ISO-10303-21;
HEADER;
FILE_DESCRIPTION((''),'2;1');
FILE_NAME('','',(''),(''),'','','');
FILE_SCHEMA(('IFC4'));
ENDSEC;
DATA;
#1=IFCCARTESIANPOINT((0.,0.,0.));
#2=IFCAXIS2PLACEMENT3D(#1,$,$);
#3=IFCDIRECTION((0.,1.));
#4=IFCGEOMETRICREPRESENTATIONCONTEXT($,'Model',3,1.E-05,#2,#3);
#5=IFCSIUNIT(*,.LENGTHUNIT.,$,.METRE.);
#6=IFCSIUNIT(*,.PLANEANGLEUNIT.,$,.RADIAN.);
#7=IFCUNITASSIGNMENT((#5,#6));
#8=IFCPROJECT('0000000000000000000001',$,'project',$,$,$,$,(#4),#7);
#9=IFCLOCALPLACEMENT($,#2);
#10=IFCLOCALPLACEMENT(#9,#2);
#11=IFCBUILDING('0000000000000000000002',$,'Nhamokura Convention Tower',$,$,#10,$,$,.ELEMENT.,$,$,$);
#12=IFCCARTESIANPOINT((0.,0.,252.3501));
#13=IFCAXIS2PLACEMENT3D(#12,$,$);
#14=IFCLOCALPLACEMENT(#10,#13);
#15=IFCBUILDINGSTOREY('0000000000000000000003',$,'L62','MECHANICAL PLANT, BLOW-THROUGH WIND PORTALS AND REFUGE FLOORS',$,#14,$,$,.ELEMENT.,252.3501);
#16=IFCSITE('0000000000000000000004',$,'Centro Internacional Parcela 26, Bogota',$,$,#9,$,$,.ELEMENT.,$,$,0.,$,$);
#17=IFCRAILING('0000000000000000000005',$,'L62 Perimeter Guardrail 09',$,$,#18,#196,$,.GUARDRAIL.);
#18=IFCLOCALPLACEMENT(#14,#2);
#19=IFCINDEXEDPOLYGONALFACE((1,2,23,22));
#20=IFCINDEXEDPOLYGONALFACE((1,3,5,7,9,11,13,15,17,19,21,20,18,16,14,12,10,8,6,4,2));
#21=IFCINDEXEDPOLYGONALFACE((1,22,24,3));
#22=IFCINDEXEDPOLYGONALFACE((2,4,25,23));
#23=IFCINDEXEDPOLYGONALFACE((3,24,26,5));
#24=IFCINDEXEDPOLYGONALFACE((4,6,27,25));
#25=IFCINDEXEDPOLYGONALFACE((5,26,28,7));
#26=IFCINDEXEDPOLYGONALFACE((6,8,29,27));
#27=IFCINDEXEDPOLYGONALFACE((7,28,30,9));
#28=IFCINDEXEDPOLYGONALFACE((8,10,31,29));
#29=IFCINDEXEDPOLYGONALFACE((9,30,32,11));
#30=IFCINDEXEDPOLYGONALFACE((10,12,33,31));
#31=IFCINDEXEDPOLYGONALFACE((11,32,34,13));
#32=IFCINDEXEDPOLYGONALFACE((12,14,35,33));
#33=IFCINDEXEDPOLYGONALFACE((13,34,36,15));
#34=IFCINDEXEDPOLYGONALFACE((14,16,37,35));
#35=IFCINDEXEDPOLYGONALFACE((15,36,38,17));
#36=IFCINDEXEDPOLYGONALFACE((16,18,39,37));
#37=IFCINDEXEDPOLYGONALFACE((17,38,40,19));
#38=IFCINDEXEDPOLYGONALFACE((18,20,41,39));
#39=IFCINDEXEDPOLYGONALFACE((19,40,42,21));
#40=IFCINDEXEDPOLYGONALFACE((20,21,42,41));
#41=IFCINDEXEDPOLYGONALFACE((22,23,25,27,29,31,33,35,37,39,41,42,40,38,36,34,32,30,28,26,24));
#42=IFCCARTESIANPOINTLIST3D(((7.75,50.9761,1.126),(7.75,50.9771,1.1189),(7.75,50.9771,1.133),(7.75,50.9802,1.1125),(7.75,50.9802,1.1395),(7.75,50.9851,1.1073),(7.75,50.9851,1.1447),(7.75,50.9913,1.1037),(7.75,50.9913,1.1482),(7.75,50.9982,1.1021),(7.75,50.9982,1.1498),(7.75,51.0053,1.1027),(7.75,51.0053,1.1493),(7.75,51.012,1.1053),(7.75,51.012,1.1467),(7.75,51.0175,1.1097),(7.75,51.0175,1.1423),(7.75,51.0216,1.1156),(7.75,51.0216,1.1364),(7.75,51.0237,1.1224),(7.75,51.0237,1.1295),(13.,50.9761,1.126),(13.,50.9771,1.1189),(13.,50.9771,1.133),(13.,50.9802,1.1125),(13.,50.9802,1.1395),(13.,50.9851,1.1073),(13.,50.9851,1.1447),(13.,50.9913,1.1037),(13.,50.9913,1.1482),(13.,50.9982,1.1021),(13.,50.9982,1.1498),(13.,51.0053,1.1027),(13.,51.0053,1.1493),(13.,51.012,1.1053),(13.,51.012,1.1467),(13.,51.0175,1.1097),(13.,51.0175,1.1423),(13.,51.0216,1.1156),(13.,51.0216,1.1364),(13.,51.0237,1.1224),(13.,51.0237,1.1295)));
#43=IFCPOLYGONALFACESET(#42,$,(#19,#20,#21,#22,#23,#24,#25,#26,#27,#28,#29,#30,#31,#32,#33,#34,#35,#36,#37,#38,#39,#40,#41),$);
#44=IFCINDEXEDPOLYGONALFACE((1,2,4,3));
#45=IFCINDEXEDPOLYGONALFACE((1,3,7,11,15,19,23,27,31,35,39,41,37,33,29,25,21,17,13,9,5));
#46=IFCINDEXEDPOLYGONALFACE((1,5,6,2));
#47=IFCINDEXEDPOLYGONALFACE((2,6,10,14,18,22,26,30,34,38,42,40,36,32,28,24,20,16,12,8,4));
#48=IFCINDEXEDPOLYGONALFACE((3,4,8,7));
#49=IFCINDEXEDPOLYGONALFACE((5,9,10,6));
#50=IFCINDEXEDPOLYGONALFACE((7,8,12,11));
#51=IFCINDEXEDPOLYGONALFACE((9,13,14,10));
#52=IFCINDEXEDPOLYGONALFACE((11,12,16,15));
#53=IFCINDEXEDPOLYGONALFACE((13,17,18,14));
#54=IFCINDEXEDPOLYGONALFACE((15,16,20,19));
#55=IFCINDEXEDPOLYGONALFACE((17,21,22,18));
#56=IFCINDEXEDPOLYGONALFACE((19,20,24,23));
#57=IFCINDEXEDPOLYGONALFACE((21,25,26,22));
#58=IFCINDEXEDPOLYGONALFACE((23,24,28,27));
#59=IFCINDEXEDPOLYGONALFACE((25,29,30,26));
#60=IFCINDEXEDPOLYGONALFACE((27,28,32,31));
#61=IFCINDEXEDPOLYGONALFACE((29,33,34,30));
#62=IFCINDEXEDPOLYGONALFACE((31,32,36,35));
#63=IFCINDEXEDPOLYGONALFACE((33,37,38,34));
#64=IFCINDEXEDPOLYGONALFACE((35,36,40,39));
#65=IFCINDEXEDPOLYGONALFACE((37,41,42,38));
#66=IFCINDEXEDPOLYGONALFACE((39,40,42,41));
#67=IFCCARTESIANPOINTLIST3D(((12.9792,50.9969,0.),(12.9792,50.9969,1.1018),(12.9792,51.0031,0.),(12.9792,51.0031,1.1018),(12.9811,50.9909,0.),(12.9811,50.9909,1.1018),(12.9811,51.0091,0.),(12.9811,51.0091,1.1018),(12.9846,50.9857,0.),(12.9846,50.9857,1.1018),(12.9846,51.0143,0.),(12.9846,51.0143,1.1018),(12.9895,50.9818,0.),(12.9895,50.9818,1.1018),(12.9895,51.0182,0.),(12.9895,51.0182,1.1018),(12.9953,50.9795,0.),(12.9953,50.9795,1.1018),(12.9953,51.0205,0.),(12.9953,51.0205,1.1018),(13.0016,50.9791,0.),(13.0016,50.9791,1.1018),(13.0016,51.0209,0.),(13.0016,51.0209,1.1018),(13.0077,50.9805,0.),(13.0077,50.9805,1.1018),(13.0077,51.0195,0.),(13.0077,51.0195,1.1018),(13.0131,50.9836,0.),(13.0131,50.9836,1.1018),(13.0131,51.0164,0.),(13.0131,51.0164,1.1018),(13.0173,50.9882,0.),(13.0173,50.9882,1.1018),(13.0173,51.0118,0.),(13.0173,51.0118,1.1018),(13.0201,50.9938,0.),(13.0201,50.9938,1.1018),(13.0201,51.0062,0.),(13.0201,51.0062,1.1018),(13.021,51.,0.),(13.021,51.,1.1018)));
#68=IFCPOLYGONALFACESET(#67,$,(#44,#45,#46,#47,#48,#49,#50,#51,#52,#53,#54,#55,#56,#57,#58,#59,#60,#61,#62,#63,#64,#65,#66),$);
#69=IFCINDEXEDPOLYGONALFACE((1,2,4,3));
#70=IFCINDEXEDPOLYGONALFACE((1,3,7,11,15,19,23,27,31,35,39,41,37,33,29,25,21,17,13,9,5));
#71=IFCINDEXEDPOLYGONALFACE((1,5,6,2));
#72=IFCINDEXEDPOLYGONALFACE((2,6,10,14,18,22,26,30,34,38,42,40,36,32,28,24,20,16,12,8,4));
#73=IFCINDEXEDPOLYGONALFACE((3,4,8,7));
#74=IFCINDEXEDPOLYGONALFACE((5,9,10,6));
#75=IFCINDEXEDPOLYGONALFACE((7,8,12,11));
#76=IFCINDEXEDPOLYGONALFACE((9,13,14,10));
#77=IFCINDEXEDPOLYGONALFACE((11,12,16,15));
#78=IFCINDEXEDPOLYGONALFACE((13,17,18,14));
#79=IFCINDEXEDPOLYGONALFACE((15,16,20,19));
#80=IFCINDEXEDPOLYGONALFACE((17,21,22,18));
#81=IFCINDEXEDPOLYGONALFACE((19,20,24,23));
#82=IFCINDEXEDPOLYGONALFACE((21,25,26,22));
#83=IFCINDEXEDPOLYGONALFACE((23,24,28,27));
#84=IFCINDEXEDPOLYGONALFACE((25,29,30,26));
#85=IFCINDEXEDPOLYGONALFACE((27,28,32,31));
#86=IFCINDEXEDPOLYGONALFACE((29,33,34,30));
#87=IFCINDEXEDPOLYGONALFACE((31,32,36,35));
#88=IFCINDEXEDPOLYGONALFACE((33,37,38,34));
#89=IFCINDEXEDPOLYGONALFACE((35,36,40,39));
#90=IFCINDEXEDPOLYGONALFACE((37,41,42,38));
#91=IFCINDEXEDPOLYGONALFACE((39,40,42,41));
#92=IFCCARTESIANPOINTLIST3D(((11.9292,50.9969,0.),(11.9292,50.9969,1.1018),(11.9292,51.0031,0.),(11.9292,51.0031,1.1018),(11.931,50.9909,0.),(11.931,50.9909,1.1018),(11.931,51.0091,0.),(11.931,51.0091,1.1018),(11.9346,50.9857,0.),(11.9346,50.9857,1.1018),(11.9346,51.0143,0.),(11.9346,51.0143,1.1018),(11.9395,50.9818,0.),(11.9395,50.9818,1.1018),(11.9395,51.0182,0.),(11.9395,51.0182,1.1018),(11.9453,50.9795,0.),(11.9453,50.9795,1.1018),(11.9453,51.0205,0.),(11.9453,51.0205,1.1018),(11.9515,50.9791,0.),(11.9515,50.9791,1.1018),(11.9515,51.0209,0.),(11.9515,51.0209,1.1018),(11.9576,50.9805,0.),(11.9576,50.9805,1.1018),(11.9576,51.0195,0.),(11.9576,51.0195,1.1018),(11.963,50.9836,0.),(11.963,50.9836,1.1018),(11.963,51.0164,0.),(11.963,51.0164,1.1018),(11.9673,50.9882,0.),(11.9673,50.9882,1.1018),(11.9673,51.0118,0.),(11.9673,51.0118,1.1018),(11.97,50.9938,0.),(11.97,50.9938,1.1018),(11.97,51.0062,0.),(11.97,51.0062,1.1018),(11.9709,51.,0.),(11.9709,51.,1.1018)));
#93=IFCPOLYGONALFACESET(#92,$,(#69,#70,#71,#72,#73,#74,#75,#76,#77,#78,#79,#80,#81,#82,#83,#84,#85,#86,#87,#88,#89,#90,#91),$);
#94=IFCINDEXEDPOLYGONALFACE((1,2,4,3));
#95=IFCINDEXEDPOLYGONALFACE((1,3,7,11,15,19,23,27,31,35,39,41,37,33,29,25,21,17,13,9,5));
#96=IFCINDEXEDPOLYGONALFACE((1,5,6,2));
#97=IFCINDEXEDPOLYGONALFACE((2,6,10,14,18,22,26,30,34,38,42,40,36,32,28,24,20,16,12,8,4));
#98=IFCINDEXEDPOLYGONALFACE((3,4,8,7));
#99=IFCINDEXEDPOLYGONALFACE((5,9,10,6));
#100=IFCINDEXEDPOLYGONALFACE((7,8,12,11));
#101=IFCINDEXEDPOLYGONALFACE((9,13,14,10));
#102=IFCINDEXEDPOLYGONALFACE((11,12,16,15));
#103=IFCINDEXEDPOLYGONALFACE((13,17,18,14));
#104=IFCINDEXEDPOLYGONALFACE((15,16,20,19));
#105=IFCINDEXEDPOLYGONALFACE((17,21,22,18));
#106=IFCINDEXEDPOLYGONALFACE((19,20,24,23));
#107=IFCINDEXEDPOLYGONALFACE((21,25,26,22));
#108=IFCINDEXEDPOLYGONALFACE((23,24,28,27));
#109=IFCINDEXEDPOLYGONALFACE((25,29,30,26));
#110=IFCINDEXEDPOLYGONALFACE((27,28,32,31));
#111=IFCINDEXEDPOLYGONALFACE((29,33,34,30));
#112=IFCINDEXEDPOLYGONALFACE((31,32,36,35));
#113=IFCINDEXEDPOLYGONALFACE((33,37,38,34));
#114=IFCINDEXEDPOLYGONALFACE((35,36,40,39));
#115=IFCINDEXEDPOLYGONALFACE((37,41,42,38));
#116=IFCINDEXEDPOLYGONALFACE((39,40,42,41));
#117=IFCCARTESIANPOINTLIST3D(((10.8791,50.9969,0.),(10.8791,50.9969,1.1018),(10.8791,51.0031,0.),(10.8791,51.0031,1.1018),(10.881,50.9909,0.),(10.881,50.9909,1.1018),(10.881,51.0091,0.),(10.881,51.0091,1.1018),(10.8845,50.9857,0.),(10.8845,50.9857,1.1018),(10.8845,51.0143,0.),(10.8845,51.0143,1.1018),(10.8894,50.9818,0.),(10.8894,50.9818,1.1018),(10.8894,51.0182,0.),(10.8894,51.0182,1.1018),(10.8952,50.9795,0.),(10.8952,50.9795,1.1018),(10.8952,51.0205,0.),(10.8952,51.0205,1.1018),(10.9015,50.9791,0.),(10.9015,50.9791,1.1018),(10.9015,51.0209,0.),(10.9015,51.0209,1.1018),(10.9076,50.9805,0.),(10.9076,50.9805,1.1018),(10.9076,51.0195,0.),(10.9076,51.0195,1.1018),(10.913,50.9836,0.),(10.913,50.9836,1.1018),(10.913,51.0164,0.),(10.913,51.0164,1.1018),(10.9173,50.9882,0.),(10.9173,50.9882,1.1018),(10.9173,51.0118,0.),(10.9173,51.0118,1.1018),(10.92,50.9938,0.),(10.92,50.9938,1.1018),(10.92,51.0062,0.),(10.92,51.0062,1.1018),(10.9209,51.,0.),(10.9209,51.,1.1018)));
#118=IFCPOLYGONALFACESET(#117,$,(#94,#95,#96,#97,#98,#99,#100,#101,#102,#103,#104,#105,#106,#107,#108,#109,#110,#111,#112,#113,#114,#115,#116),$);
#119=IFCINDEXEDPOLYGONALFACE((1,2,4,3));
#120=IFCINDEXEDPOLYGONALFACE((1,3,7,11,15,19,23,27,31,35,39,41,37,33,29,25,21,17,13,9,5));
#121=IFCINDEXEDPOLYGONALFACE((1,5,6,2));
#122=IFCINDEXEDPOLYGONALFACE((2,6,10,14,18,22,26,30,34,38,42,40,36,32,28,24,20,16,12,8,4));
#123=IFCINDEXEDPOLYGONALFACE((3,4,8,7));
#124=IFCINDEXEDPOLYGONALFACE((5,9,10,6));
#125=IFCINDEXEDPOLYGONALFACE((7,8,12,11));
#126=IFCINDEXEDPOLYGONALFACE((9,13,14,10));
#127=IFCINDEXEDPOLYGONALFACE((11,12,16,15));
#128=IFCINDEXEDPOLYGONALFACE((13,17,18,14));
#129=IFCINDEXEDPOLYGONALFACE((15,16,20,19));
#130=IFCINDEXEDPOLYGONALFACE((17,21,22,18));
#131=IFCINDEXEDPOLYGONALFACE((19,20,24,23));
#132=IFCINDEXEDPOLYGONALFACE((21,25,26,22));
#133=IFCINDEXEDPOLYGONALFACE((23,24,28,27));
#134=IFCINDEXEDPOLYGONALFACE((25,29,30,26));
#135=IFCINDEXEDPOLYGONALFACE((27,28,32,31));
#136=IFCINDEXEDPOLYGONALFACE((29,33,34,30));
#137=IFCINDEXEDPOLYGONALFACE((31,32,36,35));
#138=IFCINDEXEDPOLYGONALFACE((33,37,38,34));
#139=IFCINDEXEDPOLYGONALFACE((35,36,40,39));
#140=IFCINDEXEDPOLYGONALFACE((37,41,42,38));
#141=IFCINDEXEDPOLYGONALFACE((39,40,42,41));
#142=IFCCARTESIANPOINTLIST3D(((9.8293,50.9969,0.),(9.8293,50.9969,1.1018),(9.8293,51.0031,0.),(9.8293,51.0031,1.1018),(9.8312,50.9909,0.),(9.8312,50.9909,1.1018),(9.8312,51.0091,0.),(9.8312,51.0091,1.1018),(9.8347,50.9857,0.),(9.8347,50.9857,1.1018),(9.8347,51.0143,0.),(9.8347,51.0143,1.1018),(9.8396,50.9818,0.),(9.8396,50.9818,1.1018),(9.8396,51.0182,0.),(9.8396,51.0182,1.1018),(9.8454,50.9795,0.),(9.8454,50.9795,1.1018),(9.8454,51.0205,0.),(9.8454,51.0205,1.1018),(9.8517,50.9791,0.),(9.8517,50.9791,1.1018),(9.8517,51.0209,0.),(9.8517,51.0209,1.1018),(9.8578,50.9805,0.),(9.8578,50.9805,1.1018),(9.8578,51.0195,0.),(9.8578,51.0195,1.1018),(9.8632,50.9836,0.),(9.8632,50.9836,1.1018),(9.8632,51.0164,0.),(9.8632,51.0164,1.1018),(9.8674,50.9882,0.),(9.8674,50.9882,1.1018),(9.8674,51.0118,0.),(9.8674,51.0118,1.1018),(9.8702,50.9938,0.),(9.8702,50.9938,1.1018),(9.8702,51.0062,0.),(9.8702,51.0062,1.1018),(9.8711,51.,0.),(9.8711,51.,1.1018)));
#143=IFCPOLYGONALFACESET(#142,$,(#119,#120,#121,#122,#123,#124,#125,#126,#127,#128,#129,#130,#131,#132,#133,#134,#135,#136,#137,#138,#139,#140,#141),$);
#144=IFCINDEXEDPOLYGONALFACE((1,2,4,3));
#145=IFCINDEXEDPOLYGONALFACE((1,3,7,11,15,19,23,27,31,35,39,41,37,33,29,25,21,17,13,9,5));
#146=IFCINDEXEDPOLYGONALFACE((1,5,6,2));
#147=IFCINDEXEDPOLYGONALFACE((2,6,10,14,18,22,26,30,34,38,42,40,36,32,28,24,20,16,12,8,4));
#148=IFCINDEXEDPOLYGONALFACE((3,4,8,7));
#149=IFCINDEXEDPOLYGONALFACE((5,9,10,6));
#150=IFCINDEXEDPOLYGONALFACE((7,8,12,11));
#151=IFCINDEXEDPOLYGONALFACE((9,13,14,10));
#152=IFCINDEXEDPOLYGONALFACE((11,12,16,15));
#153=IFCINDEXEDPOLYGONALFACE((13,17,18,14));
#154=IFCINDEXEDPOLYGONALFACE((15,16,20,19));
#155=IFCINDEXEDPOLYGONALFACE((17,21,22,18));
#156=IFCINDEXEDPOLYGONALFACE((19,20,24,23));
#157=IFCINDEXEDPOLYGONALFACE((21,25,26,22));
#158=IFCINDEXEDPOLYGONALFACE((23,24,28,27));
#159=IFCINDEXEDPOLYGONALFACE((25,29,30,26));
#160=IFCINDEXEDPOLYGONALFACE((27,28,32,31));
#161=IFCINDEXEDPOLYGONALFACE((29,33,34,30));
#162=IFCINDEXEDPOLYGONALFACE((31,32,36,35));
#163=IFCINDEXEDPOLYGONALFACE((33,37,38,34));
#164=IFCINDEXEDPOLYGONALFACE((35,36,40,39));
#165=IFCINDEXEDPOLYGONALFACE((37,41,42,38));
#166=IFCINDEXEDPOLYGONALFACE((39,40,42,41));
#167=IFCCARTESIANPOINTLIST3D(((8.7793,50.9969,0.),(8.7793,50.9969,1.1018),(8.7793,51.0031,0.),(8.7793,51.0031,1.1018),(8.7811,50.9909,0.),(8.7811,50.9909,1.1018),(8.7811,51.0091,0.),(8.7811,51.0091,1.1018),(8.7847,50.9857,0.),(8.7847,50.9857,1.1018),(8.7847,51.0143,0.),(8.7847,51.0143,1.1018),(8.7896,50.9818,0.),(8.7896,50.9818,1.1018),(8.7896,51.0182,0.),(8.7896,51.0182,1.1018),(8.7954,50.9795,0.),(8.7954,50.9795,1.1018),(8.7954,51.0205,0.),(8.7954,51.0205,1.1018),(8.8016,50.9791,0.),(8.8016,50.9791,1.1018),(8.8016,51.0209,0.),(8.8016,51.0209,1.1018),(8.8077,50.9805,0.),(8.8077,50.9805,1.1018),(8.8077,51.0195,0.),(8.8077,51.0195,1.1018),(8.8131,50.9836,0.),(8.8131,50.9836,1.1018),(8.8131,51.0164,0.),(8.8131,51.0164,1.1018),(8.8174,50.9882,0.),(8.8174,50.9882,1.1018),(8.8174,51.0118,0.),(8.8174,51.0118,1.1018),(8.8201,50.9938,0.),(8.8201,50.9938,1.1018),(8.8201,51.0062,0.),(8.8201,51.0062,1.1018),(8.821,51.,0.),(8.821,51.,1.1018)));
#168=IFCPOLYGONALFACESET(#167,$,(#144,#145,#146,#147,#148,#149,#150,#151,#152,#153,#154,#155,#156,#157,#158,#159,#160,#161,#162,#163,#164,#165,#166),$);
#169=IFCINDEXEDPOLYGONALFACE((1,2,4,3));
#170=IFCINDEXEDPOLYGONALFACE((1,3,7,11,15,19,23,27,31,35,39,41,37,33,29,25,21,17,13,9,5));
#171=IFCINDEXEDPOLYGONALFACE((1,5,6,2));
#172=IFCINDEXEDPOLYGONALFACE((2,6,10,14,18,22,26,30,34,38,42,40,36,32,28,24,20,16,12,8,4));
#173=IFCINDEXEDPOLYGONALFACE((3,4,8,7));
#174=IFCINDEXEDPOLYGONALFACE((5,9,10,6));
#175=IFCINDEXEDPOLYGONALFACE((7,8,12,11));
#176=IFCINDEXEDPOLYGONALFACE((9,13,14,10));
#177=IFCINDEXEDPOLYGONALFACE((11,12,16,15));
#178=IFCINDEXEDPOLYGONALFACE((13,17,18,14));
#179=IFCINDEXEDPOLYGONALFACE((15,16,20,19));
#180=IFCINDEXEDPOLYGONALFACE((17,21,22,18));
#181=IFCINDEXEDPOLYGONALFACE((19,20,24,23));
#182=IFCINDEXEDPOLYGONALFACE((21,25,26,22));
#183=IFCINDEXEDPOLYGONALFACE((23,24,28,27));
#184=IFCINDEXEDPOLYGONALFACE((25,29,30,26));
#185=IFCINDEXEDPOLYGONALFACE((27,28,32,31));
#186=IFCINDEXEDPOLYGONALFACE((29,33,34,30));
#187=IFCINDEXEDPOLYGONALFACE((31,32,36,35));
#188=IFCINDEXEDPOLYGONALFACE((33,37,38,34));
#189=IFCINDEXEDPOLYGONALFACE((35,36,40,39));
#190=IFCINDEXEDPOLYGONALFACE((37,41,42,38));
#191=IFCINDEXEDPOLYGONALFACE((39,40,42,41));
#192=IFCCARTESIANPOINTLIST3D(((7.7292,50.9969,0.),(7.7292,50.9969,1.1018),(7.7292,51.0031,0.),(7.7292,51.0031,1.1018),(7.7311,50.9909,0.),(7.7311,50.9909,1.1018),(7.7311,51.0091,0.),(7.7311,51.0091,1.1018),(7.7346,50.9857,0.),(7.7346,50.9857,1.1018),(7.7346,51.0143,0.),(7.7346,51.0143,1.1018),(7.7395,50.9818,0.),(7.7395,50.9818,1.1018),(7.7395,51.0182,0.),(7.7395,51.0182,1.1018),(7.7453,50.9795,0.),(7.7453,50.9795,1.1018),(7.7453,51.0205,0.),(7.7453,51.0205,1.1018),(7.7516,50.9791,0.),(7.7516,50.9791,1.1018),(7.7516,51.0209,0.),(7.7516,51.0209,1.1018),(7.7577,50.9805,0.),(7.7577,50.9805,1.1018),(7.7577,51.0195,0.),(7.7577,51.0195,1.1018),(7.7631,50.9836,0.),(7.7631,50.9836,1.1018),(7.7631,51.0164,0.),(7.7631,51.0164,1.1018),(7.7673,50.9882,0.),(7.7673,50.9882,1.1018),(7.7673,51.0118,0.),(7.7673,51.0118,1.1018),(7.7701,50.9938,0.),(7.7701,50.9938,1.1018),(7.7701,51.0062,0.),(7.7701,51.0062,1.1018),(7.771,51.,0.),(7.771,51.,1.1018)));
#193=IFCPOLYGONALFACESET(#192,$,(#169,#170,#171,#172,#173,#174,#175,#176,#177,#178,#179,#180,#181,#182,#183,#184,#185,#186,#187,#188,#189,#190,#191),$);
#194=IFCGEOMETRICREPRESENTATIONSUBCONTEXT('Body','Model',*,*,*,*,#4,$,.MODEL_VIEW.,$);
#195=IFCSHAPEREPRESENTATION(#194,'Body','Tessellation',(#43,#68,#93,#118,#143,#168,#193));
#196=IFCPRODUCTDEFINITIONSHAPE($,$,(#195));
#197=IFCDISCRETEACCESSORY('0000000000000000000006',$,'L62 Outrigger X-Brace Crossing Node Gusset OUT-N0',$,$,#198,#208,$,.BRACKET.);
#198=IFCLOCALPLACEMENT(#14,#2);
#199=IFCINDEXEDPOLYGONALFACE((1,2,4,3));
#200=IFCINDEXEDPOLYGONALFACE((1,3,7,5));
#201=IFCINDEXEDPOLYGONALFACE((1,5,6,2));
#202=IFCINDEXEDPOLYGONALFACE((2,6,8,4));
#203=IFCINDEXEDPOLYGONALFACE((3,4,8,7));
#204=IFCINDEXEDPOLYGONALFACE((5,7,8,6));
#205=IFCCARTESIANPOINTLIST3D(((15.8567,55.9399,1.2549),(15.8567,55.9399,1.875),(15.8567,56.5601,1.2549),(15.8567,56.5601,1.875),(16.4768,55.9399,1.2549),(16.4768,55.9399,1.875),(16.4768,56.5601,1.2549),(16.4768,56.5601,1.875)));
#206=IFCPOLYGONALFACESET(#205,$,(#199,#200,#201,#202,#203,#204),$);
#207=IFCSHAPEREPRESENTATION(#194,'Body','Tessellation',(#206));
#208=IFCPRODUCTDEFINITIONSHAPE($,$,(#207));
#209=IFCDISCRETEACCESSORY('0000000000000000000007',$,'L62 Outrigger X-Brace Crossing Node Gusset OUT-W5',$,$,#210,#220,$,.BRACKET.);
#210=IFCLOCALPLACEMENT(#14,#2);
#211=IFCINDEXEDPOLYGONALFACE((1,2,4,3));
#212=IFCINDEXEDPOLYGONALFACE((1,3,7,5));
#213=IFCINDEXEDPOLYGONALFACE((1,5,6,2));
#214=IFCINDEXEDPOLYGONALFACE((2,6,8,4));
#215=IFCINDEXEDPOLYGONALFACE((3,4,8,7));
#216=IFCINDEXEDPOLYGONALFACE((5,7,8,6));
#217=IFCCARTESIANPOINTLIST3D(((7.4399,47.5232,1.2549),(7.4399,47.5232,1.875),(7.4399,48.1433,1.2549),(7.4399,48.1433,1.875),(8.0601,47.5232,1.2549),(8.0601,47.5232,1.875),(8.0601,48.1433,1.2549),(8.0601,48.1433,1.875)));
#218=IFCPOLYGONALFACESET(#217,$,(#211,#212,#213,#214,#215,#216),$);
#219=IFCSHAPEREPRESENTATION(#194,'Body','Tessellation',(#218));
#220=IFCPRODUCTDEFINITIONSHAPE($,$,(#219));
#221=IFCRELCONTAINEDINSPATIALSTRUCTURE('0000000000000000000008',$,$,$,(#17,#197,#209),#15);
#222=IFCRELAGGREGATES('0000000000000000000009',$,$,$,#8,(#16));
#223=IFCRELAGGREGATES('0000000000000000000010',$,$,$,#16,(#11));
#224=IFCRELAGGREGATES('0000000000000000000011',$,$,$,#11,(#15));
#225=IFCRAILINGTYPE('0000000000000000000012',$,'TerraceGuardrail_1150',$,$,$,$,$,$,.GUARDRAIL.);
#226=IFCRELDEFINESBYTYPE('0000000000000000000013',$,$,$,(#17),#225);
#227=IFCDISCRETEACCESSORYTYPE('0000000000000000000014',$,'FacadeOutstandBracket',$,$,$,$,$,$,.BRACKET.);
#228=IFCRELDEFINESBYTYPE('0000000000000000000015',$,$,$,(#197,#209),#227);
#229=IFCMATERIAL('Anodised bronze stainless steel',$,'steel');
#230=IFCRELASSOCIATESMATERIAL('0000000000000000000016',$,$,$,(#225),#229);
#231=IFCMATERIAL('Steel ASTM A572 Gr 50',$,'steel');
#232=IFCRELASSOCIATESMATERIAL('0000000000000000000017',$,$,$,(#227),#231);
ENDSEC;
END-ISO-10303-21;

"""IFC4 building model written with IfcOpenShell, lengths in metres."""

from ifc_helpers import new_model, si_unit, direction, frame, origin, origin_2d, place, context, subcontext, project, spatial, rectangle, circle, extrude, material, type_object, element, save


model = new_model("IFC4")

# Units and contexts
model_context = context("Model", 3, precision=1e-05, world=origin(), true_north=direction((0.0, 1.0)))
body_context = subcontext(model_context, "Body", "Model", "MODEL_VIEW")
ifc_project = project(units=[si_unit("LENGTHUNIT", "METRE"), si_unit("PLANEANGLEUNIT", "RADIAN")], contexts=[model_context])

# Site, building, storey
site_placement = place(None, origin())
site = spatial("IfcSite", under=ifc_project, at=site_placement, Name="Centro Internacional Parcela 26, Bogota", CompositionType="ELEMENT", RefElevation=0.0)
building_placement = place(site_placement, origin())
building = spatial("IfcBuilding", under=site, at=building_placement, Name="Nhamokura Convention Tower", CompositionType="ELEMENT")
storey_placement = place(building_placement, frame((0.0, 0.0, 252.3501)))
storey = spatial("IfcBuildingStorey", under=building, at=storey_placement, Name="L62", Description="MECHANICAL PLANT, BLOW-THROUGH WIND PORTALS AND REFUGE FLOORS", CompositionType="ELEMENT", Elevation=252.3501)

# Railing
ifc_material_1 = material(Name="Anodised bronze stainless steel", Category="steel")
railing_type = type_object("IfcRailingType", Name="TerraceGuardrail_1150", PredefinedType="GUARDRAIL", material=ifc_material_1)
railing_1_placement = place(storey_placement, frame((13.0, 51.0, 0.0)))
element("IfcRailing", 1, at=railing_1_placement, inside=storey, type_object=railing_type, Name="L62 Perimeter Guardrail 09", PredefinedType="GUARDRAIL", context=body_context, shape_type="SweptSolid", body=[
    extrude(circle(Radius=0.0239, at=origin_2d()), frame((0.0, 0.0, 1.126), z_axis=(-1.0, 0.0, 0.0), x_axis=(0.0, -1.0, 0.0)), (0.0, 0.0, 1.0), 5.25),
    extrude(circle(Radius=0.021, at=origin_2d()), origin(), (0.0, 0.0, 1.0), 1.1018),
    extrude(circle(Radius=0.021, at=origin_2d()), frame((-1.05, 0.0, 0.0)), (0.0, 0.0, 1.0), 1.1018),
    extrude(circle(Radius=0.021, at=origin_2d()), frame((-2.1001, 0.0, 0.0)), (0.0, 0.0, 1.0), 1.1018),
    extrude(circle(Radius=0.021, at=origin_2d()), frame((-3.1499, 0.0, 0.0)), (0.0, 0.0, 1.0), 1.1018),
    extrude(circle(Radius=0.021, at=origin_2d()), frame((-4.2, 0.0, 0.0)), (0.0, 0.0, 1.0), 1.1018),
    extrude(circle(Radius=0.021, at=origin_2d()), frame((-5.25, 0.0, 0.0)), (0.0, 0.0, 1.0), 1.1018),
])

# Discrete accessories
ifc_material_2 = material(Name="Steel ASTM A572 Gr 50", Category="steel")
discrete_accessory_type = type_object("IfcDiscreteAccessoryType", Name="FacadeOutstandBracket", PredefinedType="BRACKET", material=ifc_material_2)
for number, where, z_axis, x_axis, name in (
    (2, (16.1667, 56.25, 1.2549), (0.0, 0.0, 1.0), (1.0, 0.0, 0.0), "L62 Outrigger X-Brace Crossing Node Gusset OUT-N0"),
    (3, (7.75, 47.8333, 1.2549), (0.0, 0.0, 1.0), (1.0, 0.0, 0.0), "L62 Outrigger X-Brace Crossing Node Gusset OUT-W5"),
):
    element("IfcDiscreteAccessory", number, at=place(storey_placement, frame(where, z_axis=z_axis, x_axis=x_axis)), inside=storey, type_object=discrete_accessory_type, Name=name, PredefinedType="BRACKET", context=body_context, shape_type="SweptSolid", body=[
        extrude(rectangle(XDim=0.6201, YDim=0.6201, at=origin_2d()), origin(), (0.0, 0.0, 1.0), 0.6201),
    ])

save(model, "model.ifc")
